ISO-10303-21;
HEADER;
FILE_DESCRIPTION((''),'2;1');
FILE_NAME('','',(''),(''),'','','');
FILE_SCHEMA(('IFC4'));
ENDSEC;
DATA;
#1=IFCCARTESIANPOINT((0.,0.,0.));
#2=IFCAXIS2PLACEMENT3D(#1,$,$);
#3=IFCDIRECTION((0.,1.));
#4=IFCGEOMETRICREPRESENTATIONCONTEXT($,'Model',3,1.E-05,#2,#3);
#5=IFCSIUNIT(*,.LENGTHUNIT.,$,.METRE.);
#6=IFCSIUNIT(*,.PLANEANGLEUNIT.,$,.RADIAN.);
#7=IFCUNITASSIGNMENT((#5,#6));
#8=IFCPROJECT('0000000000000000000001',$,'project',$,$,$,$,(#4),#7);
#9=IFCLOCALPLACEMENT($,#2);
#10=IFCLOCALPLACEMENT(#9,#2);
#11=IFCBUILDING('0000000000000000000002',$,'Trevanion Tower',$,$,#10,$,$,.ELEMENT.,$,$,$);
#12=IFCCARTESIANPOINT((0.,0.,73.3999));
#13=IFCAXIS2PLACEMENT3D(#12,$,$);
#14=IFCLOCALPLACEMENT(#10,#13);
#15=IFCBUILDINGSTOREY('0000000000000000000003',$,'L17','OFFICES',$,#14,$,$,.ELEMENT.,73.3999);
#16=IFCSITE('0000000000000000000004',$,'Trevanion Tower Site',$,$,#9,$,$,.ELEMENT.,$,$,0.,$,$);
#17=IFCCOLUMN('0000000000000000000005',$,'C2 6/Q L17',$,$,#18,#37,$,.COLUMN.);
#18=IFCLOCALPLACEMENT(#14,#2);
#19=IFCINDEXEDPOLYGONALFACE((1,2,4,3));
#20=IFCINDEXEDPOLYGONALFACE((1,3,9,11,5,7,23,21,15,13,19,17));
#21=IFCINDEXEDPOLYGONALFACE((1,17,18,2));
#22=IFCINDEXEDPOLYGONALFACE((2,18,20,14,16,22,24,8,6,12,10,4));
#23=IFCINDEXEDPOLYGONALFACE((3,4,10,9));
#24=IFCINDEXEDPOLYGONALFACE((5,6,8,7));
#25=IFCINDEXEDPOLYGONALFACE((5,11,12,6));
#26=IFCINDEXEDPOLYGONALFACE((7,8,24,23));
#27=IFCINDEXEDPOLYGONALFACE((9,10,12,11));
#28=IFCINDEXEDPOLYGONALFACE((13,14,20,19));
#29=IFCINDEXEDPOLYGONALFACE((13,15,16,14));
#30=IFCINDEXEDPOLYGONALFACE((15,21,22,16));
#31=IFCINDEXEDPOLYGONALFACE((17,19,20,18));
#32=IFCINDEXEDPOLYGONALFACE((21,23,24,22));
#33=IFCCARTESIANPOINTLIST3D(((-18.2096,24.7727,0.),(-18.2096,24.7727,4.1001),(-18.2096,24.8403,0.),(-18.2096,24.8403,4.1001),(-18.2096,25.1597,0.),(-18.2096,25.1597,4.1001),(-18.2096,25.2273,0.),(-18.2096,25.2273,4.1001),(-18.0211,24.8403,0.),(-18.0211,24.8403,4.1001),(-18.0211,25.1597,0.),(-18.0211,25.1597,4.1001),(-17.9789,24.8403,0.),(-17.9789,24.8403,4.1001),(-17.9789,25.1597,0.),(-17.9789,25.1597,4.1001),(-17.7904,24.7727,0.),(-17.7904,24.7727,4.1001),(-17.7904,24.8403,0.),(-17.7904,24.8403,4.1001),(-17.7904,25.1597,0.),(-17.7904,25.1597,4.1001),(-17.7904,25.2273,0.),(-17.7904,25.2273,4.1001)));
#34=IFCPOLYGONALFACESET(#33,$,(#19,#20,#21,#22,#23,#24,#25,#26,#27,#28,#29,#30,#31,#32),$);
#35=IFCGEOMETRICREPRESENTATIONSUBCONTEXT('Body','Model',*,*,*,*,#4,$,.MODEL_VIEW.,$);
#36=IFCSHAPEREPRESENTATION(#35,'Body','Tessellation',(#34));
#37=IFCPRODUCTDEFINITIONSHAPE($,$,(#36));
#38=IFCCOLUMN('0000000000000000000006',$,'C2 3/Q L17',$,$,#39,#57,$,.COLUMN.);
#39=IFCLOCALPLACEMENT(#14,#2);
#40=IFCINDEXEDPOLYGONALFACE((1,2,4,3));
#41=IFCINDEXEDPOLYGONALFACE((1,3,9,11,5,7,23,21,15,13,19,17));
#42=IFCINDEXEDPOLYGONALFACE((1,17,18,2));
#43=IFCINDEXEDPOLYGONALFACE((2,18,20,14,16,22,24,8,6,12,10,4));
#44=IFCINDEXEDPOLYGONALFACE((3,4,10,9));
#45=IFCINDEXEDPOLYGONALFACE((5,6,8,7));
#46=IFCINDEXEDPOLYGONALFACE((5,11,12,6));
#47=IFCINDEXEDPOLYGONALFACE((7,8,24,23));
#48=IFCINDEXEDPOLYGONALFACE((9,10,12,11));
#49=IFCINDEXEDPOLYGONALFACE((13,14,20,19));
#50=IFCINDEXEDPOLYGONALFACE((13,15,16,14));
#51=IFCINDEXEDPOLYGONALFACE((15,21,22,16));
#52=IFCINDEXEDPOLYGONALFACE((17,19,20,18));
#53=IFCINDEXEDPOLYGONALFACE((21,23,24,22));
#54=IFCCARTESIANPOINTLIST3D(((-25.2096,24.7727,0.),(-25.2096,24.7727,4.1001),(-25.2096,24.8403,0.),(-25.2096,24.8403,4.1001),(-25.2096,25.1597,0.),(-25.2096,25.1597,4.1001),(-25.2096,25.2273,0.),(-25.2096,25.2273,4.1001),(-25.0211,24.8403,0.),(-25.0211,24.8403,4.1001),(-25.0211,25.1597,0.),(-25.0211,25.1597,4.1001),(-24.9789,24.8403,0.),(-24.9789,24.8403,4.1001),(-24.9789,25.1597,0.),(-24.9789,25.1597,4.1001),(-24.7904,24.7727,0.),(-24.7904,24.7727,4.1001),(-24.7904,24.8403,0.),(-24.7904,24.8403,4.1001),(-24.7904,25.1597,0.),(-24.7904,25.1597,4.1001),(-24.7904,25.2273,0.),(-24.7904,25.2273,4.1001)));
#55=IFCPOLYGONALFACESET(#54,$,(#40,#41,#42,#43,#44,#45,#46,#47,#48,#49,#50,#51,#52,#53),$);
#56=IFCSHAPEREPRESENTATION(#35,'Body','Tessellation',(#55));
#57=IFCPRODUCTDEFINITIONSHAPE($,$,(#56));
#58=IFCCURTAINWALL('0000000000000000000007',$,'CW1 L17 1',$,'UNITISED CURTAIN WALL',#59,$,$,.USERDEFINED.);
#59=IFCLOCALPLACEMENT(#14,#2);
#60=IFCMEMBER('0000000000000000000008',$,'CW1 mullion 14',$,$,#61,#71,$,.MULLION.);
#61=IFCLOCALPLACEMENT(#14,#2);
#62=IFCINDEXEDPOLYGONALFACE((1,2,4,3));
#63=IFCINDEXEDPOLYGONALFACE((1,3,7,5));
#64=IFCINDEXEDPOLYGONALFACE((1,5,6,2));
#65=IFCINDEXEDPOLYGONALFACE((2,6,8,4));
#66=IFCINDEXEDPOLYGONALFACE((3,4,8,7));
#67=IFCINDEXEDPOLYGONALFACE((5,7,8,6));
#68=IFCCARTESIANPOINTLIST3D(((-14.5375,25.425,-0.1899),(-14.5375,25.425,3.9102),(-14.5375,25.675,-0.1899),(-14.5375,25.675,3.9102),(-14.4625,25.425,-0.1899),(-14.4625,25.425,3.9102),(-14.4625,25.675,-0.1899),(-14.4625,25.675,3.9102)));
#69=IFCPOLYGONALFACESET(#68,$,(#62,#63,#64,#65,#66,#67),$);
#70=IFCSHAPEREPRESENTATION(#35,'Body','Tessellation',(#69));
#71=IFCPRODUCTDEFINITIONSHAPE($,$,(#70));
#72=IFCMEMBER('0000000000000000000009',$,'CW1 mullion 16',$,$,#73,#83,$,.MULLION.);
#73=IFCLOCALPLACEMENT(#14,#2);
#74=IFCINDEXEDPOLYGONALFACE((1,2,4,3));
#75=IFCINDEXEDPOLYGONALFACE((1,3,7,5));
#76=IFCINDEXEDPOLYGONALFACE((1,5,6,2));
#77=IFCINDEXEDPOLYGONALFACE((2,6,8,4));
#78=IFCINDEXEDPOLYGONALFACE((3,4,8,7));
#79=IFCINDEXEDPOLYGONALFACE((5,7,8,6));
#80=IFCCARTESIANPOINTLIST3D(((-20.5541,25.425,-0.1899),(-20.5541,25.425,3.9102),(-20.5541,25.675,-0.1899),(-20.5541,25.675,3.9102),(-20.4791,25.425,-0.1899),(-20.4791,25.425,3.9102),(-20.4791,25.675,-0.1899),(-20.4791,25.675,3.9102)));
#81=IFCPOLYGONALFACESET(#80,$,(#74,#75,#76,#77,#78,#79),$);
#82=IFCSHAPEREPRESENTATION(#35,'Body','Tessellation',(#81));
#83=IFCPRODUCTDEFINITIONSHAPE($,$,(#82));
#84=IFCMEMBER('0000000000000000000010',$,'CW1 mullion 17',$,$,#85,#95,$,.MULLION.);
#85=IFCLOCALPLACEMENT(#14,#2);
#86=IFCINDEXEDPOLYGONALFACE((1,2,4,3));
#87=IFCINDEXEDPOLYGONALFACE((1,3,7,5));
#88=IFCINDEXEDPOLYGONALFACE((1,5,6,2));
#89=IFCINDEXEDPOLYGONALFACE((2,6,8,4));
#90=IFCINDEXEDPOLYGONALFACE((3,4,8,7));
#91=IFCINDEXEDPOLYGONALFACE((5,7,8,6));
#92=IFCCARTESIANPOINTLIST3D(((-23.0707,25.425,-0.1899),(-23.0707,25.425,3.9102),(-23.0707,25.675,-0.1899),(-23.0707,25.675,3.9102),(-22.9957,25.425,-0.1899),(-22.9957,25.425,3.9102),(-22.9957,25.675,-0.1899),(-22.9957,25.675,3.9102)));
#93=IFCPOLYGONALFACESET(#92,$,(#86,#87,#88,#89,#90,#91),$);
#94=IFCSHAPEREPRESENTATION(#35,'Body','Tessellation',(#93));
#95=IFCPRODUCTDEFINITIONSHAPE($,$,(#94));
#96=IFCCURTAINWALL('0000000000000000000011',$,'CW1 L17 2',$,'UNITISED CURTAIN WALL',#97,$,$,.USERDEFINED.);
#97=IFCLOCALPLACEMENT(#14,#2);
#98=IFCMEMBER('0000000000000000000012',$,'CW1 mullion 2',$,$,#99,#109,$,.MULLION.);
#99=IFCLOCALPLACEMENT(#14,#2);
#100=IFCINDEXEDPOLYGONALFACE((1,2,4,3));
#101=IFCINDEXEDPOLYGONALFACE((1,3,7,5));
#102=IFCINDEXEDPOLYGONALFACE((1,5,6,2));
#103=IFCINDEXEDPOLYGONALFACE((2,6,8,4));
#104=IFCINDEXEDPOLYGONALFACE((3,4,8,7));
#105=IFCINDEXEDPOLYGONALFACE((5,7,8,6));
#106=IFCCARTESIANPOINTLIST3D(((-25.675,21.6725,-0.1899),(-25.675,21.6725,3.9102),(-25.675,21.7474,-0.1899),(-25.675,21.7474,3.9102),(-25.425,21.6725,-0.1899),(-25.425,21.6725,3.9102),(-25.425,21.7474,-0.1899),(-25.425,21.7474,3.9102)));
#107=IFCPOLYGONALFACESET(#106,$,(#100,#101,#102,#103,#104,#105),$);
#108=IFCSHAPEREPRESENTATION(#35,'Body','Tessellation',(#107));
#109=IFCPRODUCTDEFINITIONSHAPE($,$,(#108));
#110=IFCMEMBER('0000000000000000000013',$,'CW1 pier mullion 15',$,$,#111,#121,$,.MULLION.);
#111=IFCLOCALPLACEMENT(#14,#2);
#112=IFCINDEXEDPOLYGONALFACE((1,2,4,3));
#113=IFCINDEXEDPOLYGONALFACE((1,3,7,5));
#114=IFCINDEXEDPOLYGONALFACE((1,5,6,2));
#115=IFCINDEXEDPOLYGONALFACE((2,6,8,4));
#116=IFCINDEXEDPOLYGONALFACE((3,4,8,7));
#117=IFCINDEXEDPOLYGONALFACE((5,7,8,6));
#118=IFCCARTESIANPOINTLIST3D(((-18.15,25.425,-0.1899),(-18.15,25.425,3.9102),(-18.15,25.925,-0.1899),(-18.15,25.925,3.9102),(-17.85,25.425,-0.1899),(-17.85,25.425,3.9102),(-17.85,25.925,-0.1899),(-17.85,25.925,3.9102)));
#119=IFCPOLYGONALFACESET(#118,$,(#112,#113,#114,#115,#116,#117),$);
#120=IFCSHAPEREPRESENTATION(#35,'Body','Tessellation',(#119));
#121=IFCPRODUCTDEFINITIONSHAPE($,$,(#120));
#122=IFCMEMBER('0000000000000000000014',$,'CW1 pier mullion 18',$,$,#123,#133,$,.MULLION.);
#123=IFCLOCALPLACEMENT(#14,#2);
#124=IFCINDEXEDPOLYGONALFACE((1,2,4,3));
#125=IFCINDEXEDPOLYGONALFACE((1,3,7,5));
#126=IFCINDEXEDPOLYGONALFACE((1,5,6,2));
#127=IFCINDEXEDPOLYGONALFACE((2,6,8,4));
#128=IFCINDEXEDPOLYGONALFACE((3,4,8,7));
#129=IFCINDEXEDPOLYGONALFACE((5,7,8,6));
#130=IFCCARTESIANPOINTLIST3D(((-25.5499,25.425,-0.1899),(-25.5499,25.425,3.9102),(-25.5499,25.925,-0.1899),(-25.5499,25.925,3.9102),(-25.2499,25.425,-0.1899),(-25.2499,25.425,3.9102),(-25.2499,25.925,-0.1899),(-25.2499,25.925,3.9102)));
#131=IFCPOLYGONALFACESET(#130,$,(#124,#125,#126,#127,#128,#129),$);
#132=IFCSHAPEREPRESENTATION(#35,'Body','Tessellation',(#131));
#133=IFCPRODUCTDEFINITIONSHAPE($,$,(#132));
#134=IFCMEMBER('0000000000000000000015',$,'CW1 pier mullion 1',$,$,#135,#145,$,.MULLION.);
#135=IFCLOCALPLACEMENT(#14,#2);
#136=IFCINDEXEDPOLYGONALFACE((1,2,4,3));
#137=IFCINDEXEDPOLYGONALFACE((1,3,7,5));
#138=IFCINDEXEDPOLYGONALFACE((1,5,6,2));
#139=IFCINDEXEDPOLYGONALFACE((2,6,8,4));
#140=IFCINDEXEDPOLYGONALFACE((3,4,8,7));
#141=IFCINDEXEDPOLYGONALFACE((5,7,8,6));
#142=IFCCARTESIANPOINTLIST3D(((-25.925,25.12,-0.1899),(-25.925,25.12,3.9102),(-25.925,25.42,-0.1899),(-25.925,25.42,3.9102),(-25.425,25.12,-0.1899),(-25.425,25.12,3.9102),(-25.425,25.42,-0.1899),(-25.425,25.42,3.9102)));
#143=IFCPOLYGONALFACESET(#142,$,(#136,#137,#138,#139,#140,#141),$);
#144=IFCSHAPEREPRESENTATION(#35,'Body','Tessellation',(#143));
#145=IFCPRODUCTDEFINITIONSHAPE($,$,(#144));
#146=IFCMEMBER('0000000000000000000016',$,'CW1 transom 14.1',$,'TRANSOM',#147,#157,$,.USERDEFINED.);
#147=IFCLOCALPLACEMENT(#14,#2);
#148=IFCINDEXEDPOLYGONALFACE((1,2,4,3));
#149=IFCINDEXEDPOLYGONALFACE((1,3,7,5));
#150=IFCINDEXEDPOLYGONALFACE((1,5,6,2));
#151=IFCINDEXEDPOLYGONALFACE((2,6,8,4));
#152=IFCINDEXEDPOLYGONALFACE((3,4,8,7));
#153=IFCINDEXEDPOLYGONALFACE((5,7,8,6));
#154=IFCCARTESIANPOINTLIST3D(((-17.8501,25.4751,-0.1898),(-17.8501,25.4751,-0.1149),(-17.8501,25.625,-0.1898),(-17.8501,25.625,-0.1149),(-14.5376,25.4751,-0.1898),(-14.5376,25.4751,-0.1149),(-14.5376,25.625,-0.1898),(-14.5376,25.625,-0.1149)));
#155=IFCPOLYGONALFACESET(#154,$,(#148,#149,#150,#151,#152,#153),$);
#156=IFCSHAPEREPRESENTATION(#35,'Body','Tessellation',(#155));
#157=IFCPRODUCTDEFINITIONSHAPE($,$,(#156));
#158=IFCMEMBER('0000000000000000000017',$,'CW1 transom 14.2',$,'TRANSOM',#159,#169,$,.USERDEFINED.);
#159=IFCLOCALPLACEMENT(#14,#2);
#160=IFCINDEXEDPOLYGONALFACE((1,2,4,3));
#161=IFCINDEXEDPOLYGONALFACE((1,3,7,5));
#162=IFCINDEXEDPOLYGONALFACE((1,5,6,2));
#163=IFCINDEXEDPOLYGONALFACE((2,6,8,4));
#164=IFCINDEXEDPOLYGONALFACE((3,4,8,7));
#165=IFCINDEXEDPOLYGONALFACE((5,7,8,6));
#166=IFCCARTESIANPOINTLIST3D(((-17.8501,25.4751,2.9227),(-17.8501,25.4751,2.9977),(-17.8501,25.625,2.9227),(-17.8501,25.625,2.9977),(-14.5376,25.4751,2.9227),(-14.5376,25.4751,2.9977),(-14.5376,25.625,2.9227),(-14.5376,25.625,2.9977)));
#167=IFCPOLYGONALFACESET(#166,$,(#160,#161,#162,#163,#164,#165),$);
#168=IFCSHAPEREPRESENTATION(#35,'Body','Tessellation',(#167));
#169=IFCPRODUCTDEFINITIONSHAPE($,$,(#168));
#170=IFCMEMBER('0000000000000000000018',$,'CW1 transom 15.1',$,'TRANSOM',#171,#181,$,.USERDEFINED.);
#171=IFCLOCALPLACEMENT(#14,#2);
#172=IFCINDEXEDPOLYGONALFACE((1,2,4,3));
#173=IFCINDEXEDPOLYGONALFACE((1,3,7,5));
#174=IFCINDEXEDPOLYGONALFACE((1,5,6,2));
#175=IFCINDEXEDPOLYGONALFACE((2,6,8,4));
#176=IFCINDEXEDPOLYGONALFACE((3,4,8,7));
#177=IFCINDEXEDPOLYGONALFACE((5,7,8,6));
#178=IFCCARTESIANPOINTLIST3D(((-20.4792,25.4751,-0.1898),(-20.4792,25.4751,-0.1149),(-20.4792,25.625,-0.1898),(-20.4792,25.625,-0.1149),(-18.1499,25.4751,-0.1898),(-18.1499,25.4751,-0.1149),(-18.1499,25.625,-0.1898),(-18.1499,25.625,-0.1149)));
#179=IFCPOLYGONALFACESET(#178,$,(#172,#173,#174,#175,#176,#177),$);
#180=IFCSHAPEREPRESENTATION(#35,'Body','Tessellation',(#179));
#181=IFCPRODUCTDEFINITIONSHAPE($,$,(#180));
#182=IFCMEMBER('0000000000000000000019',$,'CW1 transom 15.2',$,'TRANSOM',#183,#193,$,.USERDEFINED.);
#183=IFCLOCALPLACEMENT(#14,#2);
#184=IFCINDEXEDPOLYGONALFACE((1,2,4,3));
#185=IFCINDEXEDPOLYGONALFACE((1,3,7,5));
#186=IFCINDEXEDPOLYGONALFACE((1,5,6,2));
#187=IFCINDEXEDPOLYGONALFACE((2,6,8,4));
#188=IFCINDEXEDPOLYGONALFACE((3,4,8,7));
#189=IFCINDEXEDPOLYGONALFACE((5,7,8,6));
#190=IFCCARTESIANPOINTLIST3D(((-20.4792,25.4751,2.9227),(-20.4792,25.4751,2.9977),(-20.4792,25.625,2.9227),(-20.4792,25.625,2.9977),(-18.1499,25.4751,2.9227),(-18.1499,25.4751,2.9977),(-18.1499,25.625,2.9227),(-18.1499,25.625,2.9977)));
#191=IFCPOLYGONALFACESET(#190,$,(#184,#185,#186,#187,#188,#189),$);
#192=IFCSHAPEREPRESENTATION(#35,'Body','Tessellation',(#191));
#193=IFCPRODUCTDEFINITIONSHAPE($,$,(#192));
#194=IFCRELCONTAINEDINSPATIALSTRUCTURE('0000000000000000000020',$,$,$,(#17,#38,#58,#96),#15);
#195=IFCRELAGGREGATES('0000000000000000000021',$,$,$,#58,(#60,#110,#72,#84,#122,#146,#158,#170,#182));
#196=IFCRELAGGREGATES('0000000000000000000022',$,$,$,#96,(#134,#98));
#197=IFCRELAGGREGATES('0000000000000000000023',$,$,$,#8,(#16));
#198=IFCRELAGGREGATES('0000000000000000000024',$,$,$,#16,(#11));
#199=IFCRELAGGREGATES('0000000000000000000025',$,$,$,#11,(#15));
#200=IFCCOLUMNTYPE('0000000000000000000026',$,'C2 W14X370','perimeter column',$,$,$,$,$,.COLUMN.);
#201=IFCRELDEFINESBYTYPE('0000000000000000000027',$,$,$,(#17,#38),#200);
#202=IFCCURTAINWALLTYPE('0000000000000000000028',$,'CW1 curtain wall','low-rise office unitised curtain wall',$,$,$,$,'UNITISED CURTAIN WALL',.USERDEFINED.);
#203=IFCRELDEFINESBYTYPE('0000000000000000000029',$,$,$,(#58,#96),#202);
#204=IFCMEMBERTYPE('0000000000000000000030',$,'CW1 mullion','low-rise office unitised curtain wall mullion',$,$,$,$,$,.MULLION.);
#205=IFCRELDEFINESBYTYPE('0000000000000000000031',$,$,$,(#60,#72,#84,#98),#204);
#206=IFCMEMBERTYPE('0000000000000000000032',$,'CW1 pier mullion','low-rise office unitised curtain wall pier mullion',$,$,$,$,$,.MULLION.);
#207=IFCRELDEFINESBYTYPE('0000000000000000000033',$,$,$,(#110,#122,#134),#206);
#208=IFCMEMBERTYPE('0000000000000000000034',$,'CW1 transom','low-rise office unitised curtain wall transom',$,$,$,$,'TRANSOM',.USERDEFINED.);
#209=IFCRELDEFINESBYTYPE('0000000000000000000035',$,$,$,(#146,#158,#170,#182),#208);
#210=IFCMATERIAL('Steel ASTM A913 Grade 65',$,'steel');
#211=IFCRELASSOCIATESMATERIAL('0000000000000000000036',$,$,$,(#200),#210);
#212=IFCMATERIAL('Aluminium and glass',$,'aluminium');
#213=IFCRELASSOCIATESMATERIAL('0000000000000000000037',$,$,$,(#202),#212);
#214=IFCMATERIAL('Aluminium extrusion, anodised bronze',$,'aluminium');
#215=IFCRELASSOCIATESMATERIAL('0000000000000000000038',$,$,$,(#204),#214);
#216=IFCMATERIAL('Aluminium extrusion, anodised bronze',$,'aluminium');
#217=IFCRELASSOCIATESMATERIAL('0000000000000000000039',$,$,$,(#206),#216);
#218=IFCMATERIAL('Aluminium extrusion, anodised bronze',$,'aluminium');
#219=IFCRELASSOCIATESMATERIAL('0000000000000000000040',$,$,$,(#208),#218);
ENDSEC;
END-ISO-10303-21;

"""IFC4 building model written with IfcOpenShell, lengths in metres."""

from ifc_helpers import new_model, si_unit, direction, frame, origin, origin_2d, place, context, subcontext, project, spatial, rectangle, i_section, extrude, material, material_profile, profile_set, type_object, element, aggregate, save


model = new_model("IFC4")

# Units and contexts
model_context = context("Model", 3, precision=1e-05, world=origin(), true_north=direction((0.0, 1.0)))
body_context = subcontext(model_context, "Body", "Model", "MODEL_VIEW")
ifc_project = project(units=[si_unit("LENGTHUNIT", "METRE"), si_unit("PLANEANGLEUNIT", "RADIAN")], contexts=[model_context])

# Site, building, storey
site_placement = place(None, origin())
site = spatial("IfcSite", under=ifc_project, at=site_placement, Name="Trevanion Tower Site", CompositionType="ELEMENT", RefElevation=0.0)
building_placement = place(site_placement, origin())
building = spatial("IfcBuilding", under=site, at=building_placement, Name="Trevanion Tower", CompositionType="ELEMENT")
storey_placement = place(building_placement, frame((0.0, 0.0, 73.3999)))
storey = spatial("IfcBuildingStorey", under=building, at=storey_placement, Name="L17", Description="OFFICES", CompositionType="ELEMENT", Elevation=73.3999)

# Columns
ifc_material_1 = material(Name="Steel ASTM A913 Grade 65", Category="steel")
ifc_material_profile_1 = material_profile(ifc_material_1, i_section(OverallWidth=0.4192, OverallDepth=0.4546, WebThickness=0.0422, FlangeThickness=0.0676, at=origin_2d()), Name="W14X370")
ifc_profile_set_1 = profile_set([ifc_material_profile_1], Name="Steel ASTM A913 Grade 65")
column_type = type_object("IfcColumnType", Name="C2 W14X370", Description="perimeter column", PredefinedType="COLUMN", material=ifc_profile_set_1)
for number, where, z_axis, x_axis, name in (
    (1, (-18.0, 25.0, 0.0), (0.0, 0.0, 1.0), (1.0, 0.0, 0.0), "C2 6/Q L17"),
    (2, (-25.0, 25.0, 0.0), (0.0, 0.0, 1.0), (1.0, 0.0, 0.0), "C2 3/Q L17"),
):
    element("IfcColumn", number, at=place(storey_placement, frame(where, z_axis=z_axis, x_axis=x_axis)), inside=storey, type_object=column_type, Name=name, PredefinedType="COLUMN", context=body_context, shape_type="SweptSolid", body=[
        extrude(i_section(OverallWidth=0.4192, OverallDepth=0.4546, WebThickness=0.0422, FlangeThickness=0.0676, at=origin_2d()), origin(), (0.0, 0.0, 1.0), 4.1001),
    ])

# Curtain wall, members
ifc_material_2 = material(Name="Aluminium and glass", Category="aluminium")
curtain_wall_type = type_object("IfcCurtainWallType", Name="CW1 curtain wall", Description="low-rise office unitised curtain wall", ElementType="UNITISED CURTAIN WALL", PredefinedType="USERDEFINED", material=ifc_material_2)
curtain_wall_1_placement = place(storey_placement, origin())
curtain_wall_1 = element("IfcCurtainWall", 3, at=curtain_wall_1_placement, inside=storey, type_object=curtain_wall_type, Name="CW1 L17 1", ObjectType="UNITISED CURTAIN WALL", PredefinedType="USERDEFINED")
ifc_material_3 = material(Name="Aluminium extrusion, anodised bronze", Category="aluminium")
ifc_material_profile_2 = material_profile(ifc_material_3, rectangle(XDim=0.075, YDim=0.25, at=origin_2d()), Name="CW1 mullion")
ifc_profile_set_2 = profile_set([ifc_material_profile_2], Name="Aluminium extrusion, anodised bronze")
member_type_1 = type_object("IfcMemberType", Name="CW1 mullion", Description="low-rise office unitised curtain wall mullion", PredefinedType="MULLION", material=ifc_profile_set_2)
member_1_placement = place(storey_placement, frame((-14.5, 25.55, -0.1899), z_axis=(0.0, 0.0, 1.0), x_axis=(-1.0, 0.0, 0.0)))
member_1 = element("IfcMember", 4, at=member_1_placement, type_object=member_type_1, Name="CW1 mullion 14", PredefinedType="MULLION", context=body_context, shape_type="SweptSolid", body=[
    extrude(rectangle(XDim=0.075, YDim=0.25, at=origin_2d()), origin(), (0.0, 0.0, 1.0), 4.1001),
])
member_2_placement = place(storey_placement, frame((-20.5166, 25.55, -0.1899), z_axis=(0.0, 0.0, 1.0), x_axis=(-1.0, 0.0, 0.0)))
member_2 = element("IfcMember", 5, at=member_2_placement, type_object=member_type_1, Name="CW1 mullion 16", PredefinedType="MULLION", context=body_context, shape_type="SweptSolid", body=[
    extrude(rectangle(XDim=0.075, YDim=0.25, at=origin_2d()), origin(), (0.0, 0.0, 1.0), 4.1001),
])
member_3_placement = place(storey_placement, frame((-23.0332, 25.55, -0.1899), z_axis=(0.0, 0.0, 1.0), x_axis=(-1.0, 0.0, 0.0)))
member_3 = element("IfcMember", 6, at=member_3_placement, type_object=member_type_1, Name="CW1 mullion 17", PredefinedType="MULLION", context=body_context, shape_type="SweptSolid", body=[
    extrude(rectangle(XDim=0.075, YDim=0.25, at=origin_2d()), origin(), (0.0, 0.0, 1.0), 4.1001),
])

# Curtain wall, member
curtain_wall_2_placement = place(storey_placement, origin())
curtain_wall_2 = element("IfcCurtainWall", 7, at=curtain_wall_2_placement, inside=storey, type_object=curtain_wall_type, Name="CW1 L17 2", ObjectType="UNITISED CURTAIN WALL", PredefinedType="USERDEFINED")
member_4_placement = place(storey_placement, frame((-25.55, 21.71, -0.1899), z_axis=(0.0, 0.0, 1.0), x_axis=(0.0, -1.0, 0.0)))
member_4 = element("IfcMember", 8, at=member_4_placement, type_object=member_type_1, Name="CW1 mullion 2", PredefinedType="MULLION", context=body_context, shape_type="SweptSolid", body=[
    extrude(rectangle(XDim=0.075, YDim=0.25, at=origin_2d()), origin(), (0.0, 0.0, 1.0), 4.1001),
])

# Members
ifc_material_4 = material(Name="Aluminium extrusion, anodised bronze", Category="aluminium")
ifc_material_profile_3 = material_profile(ifc_material_4, rectangle(XDim=0.3, YDim=0.5, at=origin_2d()), Name="CW1 pier mullion")
ifc_profile_set_3 = profile_set([ifc_material_profile_3], Name="Aluminium extrusion, anodised bronze")
member_type_2 = type_object("IfcMemberType", Name="CW1 pier mullion", Description="low-rise office unitised curtain wall pier mullion", PredefinedType="MULLION", material=ifc_profile_set_3)
member_5_placement = place(storey_placement, frame((-18.0, 25.675, -0.1899), z_axis=(0.0, 0.0, 1.0), x_axis=(-1.0, 0.0, 0.0)))
member_5 = element("IfcMember", 9, at=member_5_placement, type_object=member_type_2, Name="CW1 pier mullion 15", PredefinedType="MULLION", context=body_context, shape_type="SweptSolid", body=[
    extrude(rectangle(XDim=0.3, YDim=0.5, at=origin_2d()), origin(), (0.0, 0.0, 1.0), 4.1001),
])
member_6_placement = place(storey_placement, frame((-25.3999, 25.675, -0.1899), z_axis=(0.0, 0.0, 1.0), x_axis=(-1.0, 0.0, 0.0)))
member_6 = element("IfcMember", 10, at=member_6_placement, type_object=member_type_2, Name="CW1 pier mullion 18", PredefinedType="MULLION", context=body_context, shape_type="SweptSolid", body=[
    extrude(rectangle(XDim=0.3, YDim=0.5, at=origin_2d()), origin(), (0.0, 0.0, 1.0), 4.1001),
])
member_7_placement = place(storey_placement, frame((-25.675, 25.27, -0.1899), z_axis=(0.0, 0.0, 1.0), x_axis=(0.0, -1.0, 0.0)))
member_7 = element("IfcMember", 11, at=member_7_placement, type_object=member_type_2, Name="CW1 pier mullion 1", PredefinedType="MULLION", context=body_context, shape_type="SweptSolid", body=[
    extrude(rectangle(XDim=0.3, YDim=0.5, at=origin_2d()), origin(), (0.0, 0.0, 1.0), 4.1001),
])
ifc_material_5 = material(Name="Aluminium extrusion, anodised bronze", Category="aluminium")
ifc_material_profile_4 = material_profile(ifc_material_5, rectangle(XDim=0.1499, YDim=0.075, at=origin_2d()), Name="CW1 transom")
ifc_profile_set_4 = profile_set([ifc_material_profile_4], Name="Aluminium extrusion, anodised bronze")
member_type_3 = type_object("IfcMemberType", Name="CW1 transom", Description="low-rise office unitised curtain wall transom", ElementType="TRANSOM", PredefinedType="USERDEFINED", material=ifc_profile_set_4)
member_8_placement = place(storey_placement, frame((-14.5376, 25.55, -0.1523), z_axis=(-1.0, 0.0, 0.0), x_axis=(0.0, -1.0, 0.0)))
member_8 = element("IfcMember", 12, at=member_8_placement, type_object=member_type_3, Name="CW1 transom 14.1", ObjectType="TRANSOM", PredefinedType="USERDEFINED", context=body_context, shape_type="SweptSolid", body=[
    extrude(rectangle(XDim=0.1499, YDim=0.075, at=origin_2d()), origin(), (0.0, 0.0, 1.0), 3.3125),
])
member_9_placement = place(storey_placement, frame((-14.5376, 25.55, 2.9602), z_axis=(-1.0, 0.0, 0.0), x_axis=(0.0, -1.0, 0.0)))
member_9 = element("IfcMember", 13, at=member_9_placement, type_object=member_type_3, Name="CW1 transom 14.2", ObjectType="TRANSOM", PredefinedType="USERDEFINED", context=body_context, shape_type="SweptSolid", body=[
    extrude(rectangle(XDim=0.1499, YDim=0.075, at=origin_2d()), origin(), (0.0, 0.0, 1.0), 3.3125),
])
member_10_placement = place(storey_placement, frame((-18.1499, 25.55, -0.1523), z_axis=(-1.0, 0.0, 0.0), x_axis=(0.0, -1.0, 0.0)))
member_10 = element("IfcMember", 14, at=member_10_placement, type_object=member_type_3, Name="CW1 transom 15.1", ObjectType="TRANSOM", PredefinedType="USERDEFINED", context=body_context, shape_type="SweptSolid", body=[
    extrude(rectangle(XDim=0.1499, YDim=0.075, at=origin_2d()), origin(), (0.0, 0.0, 1.0), 2.3293),
])
member_11_placement = place(storey_placement, frame((-18.1499, 25.55, 2.9602), z_axis=(-1.0, 0.0, 0.0), x_axis=(0.0, -1.0, 0.0)))
member_11 = element("IfcMember", 15, at=member_11_placement, type_object=member_type_3, Name="CW1 transom 15.2", ObjectType="TRANSOM", PredefinedType="USERDEFINED", context=body_context, shape_type="SweptSolid", body=[
    extrude(rectangle(XDim=0.1499, YDim=0.075, at=origin_2d()), origin(), (0.0, 0.0, 1.0), 2.3293),
])

aggregate(curtain_wall_1, [member_1, member_5, member_2, member_3, member_6, member_8, member_9, member_10, member_11])
aggregate(curtain_wall_2, [member_7, member_4])

save(model, "model.ifc")
